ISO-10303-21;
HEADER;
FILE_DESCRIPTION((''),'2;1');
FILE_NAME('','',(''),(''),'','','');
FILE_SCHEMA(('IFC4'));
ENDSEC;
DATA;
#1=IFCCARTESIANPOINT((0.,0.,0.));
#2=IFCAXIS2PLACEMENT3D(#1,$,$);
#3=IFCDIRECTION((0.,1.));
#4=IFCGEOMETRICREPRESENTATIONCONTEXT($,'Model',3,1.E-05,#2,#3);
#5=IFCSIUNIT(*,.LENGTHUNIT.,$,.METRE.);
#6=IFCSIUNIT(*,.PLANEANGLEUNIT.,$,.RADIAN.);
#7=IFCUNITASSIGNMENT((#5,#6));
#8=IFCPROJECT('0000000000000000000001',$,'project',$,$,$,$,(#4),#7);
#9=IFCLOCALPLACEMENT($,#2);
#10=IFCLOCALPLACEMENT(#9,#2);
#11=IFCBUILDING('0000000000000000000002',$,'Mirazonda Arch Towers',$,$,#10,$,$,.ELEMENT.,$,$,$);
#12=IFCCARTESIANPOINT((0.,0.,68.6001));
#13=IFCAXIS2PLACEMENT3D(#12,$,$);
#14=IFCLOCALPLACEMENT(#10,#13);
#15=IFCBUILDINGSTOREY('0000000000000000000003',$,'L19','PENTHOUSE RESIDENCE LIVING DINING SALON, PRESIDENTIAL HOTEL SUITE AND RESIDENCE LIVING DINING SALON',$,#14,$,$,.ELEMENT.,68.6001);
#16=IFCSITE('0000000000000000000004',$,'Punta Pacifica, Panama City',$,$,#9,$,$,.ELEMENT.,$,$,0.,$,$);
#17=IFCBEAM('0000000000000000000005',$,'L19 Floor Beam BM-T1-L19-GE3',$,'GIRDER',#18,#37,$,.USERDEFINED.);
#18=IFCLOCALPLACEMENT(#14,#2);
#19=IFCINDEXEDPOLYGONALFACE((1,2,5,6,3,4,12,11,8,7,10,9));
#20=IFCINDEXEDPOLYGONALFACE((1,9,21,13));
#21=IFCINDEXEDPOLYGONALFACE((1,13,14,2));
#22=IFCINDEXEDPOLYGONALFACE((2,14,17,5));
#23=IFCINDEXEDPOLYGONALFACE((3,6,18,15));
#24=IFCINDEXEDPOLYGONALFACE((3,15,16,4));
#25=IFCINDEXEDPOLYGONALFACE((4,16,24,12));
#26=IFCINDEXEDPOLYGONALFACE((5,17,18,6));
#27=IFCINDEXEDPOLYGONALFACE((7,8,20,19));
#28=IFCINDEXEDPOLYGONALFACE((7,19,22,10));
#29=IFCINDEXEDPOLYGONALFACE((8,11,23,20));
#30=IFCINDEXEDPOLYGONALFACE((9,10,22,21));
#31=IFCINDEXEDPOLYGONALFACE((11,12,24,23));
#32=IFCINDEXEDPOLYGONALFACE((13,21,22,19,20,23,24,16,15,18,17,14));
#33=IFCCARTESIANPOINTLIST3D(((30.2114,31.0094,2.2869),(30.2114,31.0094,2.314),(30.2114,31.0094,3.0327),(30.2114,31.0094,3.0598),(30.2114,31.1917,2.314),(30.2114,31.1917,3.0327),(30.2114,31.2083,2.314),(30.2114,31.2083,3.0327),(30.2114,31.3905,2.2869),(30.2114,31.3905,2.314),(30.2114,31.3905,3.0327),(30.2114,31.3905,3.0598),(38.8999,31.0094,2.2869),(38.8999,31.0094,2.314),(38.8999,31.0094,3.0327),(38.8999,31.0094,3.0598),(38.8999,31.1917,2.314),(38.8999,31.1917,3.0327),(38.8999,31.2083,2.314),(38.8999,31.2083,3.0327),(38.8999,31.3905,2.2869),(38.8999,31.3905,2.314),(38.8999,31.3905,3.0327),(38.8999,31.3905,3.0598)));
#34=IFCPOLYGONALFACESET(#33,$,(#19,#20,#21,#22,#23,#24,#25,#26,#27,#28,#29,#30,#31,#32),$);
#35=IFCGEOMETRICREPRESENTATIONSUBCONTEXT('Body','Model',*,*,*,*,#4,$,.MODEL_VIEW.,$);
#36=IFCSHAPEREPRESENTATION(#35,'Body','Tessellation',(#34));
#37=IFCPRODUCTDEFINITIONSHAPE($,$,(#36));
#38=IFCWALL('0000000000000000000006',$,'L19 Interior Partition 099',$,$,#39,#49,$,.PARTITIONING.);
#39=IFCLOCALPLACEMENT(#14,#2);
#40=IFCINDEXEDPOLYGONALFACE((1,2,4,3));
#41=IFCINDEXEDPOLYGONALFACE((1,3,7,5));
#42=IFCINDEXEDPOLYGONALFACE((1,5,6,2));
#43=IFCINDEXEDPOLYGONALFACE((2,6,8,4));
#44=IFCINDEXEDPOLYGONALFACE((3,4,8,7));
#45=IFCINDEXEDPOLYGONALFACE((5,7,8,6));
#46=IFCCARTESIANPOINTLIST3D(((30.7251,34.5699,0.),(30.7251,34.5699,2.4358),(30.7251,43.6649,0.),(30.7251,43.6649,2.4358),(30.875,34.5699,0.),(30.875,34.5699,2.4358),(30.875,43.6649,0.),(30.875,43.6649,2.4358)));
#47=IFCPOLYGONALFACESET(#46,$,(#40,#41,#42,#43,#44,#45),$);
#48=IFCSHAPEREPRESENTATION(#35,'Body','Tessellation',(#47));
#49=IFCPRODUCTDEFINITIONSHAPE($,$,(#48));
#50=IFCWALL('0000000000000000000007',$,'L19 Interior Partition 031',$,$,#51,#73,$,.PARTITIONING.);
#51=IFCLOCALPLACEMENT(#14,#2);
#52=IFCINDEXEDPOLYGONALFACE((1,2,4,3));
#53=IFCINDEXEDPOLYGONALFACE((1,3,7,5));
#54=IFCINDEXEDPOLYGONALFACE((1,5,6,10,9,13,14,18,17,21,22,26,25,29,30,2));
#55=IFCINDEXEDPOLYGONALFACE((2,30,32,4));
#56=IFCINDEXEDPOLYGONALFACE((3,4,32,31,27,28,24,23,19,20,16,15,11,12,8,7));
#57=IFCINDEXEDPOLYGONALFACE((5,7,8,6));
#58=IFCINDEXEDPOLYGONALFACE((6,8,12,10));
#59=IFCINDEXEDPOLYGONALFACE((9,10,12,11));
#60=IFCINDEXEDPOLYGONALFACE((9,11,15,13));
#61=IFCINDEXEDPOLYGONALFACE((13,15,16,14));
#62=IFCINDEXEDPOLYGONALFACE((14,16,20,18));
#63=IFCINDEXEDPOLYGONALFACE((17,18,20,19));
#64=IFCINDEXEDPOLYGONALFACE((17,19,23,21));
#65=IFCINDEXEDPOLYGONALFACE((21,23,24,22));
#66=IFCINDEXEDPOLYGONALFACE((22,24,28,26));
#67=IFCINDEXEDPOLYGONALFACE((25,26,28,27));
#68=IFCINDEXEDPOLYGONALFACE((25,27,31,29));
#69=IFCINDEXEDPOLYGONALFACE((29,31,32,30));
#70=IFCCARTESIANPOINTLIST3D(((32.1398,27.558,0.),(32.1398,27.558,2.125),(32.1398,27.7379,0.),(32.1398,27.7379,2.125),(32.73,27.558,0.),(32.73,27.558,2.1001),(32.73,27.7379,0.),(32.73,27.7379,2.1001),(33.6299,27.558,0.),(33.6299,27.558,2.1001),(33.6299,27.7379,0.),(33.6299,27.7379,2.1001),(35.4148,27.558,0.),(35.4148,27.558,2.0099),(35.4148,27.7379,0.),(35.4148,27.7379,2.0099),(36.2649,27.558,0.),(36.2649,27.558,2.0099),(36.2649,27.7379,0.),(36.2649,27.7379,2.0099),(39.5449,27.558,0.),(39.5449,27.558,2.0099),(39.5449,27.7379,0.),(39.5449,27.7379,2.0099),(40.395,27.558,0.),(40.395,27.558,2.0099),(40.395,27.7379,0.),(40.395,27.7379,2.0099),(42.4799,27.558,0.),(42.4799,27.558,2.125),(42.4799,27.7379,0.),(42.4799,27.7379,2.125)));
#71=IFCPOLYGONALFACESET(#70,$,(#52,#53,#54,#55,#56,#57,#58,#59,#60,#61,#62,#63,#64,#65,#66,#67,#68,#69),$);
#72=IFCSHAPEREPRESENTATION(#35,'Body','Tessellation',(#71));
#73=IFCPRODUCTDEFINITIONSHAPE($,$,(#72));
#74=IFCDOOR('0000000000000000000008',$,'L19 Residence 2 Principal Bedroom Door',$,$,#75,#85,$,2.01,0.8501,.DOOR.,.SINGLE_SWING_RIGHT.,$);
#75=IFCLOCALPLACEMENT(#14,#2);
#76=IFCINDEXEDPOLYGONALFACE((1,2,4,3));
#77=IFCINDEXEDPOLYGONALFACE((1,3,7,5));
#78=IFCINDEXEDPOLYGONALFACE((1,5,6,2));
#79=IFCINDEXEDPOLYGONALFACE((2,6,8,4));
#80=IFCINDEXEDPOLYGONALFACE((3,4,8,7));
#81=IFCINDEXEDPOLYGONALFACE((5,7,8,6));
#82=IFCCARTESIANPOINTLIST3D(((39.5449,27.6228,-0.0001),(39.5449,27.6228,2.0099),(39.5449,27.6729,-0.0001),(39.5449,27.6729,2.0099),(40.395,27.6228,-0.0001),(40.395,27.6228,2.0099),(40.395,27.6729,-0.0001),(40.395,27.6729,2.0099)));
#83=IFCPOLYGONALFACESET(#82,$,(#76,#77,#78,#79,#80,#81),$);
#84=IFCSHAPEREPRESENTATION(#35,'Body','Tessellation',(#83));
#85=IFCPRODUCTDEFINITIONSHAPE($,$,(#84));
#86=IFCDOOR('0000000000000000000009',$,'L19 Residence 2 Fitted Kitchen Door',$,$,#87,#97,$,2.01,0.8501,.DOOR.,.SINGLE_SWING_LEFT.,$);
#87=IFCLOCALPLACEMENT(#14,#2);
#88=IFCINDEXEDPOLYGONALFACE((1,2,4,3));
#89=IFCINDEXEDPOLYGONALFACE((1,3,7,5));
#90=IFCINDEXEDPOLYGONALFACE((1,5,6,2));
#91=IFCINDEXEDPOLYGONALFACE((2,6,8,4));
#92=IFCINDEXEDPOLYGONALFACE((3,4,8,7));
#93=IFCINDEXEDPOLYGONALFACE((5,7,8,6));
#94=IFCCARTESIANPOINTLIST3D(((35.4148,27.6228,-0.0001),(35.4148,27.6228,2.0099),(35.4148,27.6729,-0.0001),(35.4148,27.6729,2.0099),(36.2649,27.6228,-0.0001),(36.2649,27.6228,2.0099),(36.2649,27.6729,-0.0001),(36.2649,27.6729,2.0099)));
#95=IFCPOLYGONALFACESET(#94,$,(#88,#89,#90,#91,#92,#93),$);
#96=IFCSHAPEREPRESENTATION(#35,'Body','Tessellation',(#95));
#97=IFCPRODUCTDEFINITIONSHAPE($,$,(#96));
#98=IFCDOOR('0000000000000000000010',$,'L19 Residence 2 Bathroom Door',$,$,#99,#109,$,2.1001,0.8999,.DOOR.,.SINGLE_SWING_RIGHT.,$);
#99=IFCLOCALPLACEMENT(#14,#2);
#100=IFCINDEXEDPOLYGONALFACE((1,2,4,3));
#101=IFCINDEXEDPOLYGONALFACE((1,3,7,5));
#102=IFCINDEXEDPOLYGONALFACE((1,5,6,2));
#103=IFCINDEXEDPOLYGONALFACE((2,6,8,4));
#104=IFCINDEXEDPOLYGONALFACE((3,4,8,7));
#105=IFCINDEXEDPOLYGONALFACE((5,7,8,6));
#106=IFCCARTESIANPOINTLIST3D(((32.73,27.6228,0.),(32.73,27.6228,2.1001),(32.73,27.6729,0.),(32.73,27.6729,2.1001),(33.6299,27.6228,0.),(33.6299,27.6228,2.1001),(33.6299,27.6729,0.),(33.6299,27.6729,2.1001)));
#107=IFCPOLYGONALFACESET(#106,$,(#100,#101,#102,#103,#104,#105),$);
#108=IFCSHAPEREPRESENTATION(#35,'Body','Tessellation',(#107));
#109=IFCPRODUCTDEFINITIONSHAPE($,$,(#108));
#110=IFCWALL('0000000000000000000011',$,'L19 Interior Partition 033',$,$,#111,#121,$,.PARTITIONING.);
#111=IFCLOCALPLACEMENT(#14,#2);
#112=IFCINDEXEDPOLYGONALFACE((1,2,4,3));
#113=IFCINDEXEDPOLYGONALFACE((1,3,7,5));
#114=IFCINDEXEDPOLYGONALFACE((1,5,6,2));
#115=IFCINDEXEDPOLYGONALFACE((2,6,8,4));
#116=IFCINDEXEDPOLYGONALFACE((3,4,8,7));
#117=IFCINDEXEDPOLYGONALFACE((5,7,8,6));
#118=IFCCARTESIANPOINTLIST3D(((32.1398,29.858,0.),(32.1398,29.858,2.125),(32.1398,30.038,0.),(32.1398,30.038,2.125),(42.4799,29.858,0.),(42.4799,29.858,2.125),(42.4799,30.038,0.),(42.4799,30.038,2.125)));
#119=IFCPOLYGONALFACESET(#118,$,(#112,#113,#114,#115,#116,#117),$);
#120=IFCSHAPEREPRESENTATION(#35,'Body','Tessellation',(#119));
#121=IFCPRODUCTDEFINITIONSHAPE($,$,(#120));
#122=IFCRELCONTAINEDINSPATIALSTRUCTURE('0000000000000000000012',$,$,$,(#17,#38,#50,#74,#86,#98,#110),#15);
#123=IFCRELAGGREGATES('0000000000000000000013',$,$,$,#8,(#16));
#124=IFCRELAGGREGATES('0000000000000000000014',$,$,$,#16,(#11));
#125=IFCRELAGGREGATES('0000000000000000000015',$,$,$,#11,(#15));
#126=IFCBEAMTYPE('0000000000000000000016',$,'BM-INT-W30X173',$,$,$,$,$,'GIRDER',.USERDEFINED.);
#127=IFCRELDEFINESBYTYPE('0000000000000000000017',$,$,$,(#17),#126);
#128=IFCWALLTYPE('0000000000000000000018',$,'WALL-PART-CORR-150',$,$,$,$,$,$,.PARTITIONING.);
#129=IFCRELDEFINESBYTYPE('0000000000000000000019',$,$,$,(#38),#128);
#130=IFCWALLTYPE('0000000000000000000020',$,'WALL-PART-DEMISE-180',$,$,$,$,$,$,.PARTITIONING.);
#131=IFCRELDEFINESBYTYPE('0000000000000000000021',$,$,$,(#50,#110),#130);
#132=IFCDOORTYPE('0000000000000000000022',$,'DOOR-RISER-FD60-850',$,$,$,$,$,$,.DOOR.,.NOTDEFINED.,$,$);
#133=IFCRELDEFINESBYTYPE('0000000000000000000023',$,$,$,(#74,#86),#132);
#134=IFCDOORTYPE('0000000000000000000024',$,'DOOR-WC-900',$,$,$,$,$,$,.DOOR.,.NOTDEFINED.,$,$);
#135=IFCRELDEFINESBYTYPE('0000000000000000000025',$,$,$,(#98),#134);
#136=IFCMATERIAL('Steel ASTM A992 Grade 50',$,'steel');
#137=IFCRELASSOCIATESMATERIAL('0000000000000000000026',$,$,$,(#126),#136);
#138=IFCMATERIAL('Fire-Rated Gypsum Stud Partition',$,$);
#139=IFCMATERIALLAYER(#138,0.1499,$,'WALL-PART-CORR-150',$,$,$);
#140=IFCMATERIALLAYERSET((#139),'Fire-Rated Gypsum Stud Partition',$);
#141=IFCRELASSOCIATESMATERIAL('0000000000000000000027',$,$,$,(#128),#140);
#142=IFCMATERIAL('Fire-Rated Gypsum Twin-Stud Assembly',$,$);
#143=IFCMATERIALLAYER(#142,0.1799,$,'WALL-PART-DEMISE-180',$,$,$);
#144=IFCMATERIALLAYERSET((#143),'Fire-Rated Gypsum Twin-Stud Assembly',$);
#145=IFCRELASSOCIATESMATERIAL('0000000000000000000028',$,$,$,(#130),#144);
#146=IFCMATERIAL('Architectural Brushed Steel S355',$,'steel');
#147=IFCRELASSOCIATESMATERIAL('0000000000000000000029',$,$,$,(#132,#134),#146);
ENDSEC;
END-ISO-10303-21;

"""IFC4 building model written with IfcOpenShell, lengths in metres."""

from ifc_helpers import new_model, si_unit, direction, frame, frame_2d, origin, origin_2d, place, context, subcontext, project, spatial, rectangle, i_section, extrude, material, layer, layer_set, material_profile, profile_set, type_object, element, fill, save


model = new_model("IFC4")

# Units and contexts
model_context = context("Model", 3, precision=1e-05, world=origin(), true_north=direction((0.0, 1.0)))
body_context = subcontext(model_context, "Body", "Model", "MODEL_VIEW")
ifc_project = project(units=[si_unit("LENGTHUNIT", "METRE"), si_unit("PLANEANGLEUNIT", "RADIAN")], contexts=[model_context])

# Site, building, storey
site_placement = place(None, origin())
site = spatial("IfcSite", under=ifc_project, at=site_placement, Name="Punta Pacifica, Panama City", CompositionType="ELEMENT", RefElevation=0.0)
building_placement = place(site_placement, origin())
building = spatial("IfcBuilding", under=site, at=building_placement, Name="Mirazonda Arch Towers", CompositionType="ELEMENT")
storey_placement = place(building_placement, frame((0.0, 0.0, 68.6001)))
storey = spatial("IfcBuildingStorey", under=building, at=storey_placement, Name="L19", Description="PENTHOUSE RESIDENCE LIVING DINING SALON, PRESIDENTIAL HOTEL SUITE AND RESIDENCE LIVING DINING SALON", CompositionType="ELEMENT", Elevation=68.6001)

# Beam
ifc_material_1 = material(Name="Steel ASTM A992 Grade 50", Category="steel")
ifc_material_profile = material_profile(ifc_material_1, i_section(OverallWidth=0.3811, OverallDepth=0.7729, WebThickness=0.0166, FlangeThickness=0.0271, at=origin_2d()), Name="W30X173")
ifc_profile_set = profile_set([ifc_material_profile], Name="Steel ASTM A992 Grade 50")
beam_type = type_object("IfcBeamType", Name="BM-INT-W30X173", ElementType="GIRDER", PredefinedType="USERDEFINED", material=ifc_profile_set)
beam_placement = place(storey_placement, frame((30.2114, 31.2, 2.6733), z_axis=(1.0, 0.0, 0.0), x_axis=(0.0, 1.0, 0.0)))
element("IfcBeam", 1, at=beam_placement, inside=storey, type_object=beam_type, Name="L19 Floor Beam BM-T1-L19-GE3", ObjectType="GIRDER", PredefinedType="USERDEFINED", context=body_context, shape_type="SweptSolid", body=[
    extrude(i_section(OverallWidth=0.3811, OverallDepth=0.7729, WebThickness=0.0166, FlangeThickness=0.0271, at=origin_2d()), origin(), (0.0, 0.0, 1.0), 8.6885),
])

# Wall
ifc_material_2 = material(Name="Fire-Rated Gypsum Stud Partition")
ifc_layer_1 = layer(ifc_material_2, 0.1499, Name="WALL-PART-CORR-150")
ifc_layer_set_1 = layer_set([ifc_layer_1], Name="Fire-Rated Gypsum Stud Partition")
wall_type_1 = type_object("IfcWallType", Name="WALL-PART-CORR-150", PredefinedType="PARTITIONING", material=ifc_layer_set_1)
wall_1_placement = place(storey_placement, frame((30.8, 34.5701, 0.0), z_axis=(0.0, 0.0, 1.0), x_axis=(0.0, 1.0, 0.0)))
element("IfcWall", 2, at=wall_1_placement, inside=storey, type_object=wall_type_1, Name="L19 Interior Partition 099", PredefinedType="PARTITIONING", context=body_context, shape_type="SweptSolid", body=[
    extrude(rectangle(XDim=9.095, YDim=0.1499, at=frame_2d((4.5474, 0.0))), origin(), (0.0, 0.0, 1.0), 2.4358),
])

# Wall, openings, doors
ifc_material_3 = material(Name="Fire-Rated Gypsum Twin-Stud Assembly")
ifc_layer_2 = layer(ifc_material_3, 0.1799, Name="WALL-PART-DEMISE-180")
ifc_layer_set_2 = layer_set([ifc_layer_2], Name="Fire-Rated Gypsum Twin-Stud Assembly")
wall_type_2 = type_object("IfcWallType", Name="WALL-PART-DEMISE-180", PredefinedType="PARTITIONING", material=ifc_layer_set_2)
wall_2_placement = place(storey_placement, frame((32.1399, 27.6479, 0.0), z_axis=(0.0, 0.0, 1.0), x_axis=(1.0, 0.0, 0.0)))
wall_2 = element("IfcWall", 3, at=wall_2_placement, inside=storey, type_object=wall_type_2, Name="L19 Interior Partition 031", PredefinedType="PARTITIONING", context=body_context, shape_type="SweptSolid", body=[
    extrude(rectangle(XDim=10.3401, YDim=0.1799, at=frame_2d((5.1699, 0.0))), origin(), (0.0, 0.0, 1.0), 2.125),
])
opening_1_placement = place(wall_2_placement, frame((7.405, 0.0, 0.0)))
opening_1 = element("IfcOpeningElement", 4, at=opening_1_placement, cuts=wall_2, PredefinedType="OPENING", context=body_context, shape_type="SweptSolid", body=[
    extrude(rectangle(XDim=0.8501, YDim=2.01, at=frame_2d((0.425, 1.0049))), frame((0.0, 0.0999, 0.0), z_axis=(0.0, -1.0, 0.0), x_axis=(1.0, 0.0, 0.0)), (0.0, 0.0, 1.0), 0.2),
])
opening_2_placement = place(wall_2_placement, frame((3.2749, 0.0, 0.0)))
opening_2 = element("IfcOpeningElement", 5, at=opening_2_placement, cuts=wall_2, PredefinedType="OPENING", context=body_context, shape_type="SweptSolid", body=[
    extrude(rectangle(XDim=0.8501, YDim=2.01, at=frame_2d((0.425, 1.0049))), frame((0.0, 0.0999, 0.0), z_axis=(0.0, -1.0, 0.0), x_axis=(1.0, 0.0, 0.0)), (0.0, 0.0, 1.0), 0.2),
])
opening_3_placement = place(wall_2_placement, frame((0.5901, 0.0, 0.0)))
opening_3 = element("IfcOpeningElement", 6, at=opening_3_placement, cuts=wall_2, PredefinedType="OPENING", context=body_context, shape_type="SweptSolid", body=[
    extrude(rectangle(XDim=0.8999, YDim=2.1001, at=frame_2d((0.45, 1.05))), frame((0.0, 0.0999, 0.0), z_axis=(0.0, -1.0, 0.0), x_axis=(1.0, 0.0, 0.0)), (0.0, 0.0, 1.0), 0.2),
])
ifc_material_4 = material(Name="Architectural Brushed Steel S355", Category="steel")
door_type_1 = type_object("IfcDoorType", Name="DOOR-RISER-FD60-850", OperationType="NOTDEFINED", PredefinedType="DOOR", material=ifc_material_4)
door_1_placement = place(opening_1_placement, origin())
door_1 = element("IfcDoor", 7, at=door_1_placement, inside=storey, type_object=door_type_1, Name="L19 Residence 2 Principal Bedroom Door", OperationType="SINGLE_SWING_RIGHT", OverallHeight=2.01, OverallWidth=0.8501, PredefinedType="DOOR", context=body_context, shape_type="SweptSolid", body=[
    extrude(rectangle(XDim=0.8501, YDim=2.01, at=frame_2d((0.425, 1.0049))), frame((0.0, 0.0249, 0.0), z_axis=(0.0, -1.0, 0.0), x_axis=(1.0, 0.0, 0.0)), (0.0, 0.0, 1.0), 0.05),
])
fill(opening_1, door_1)
door_2_placement = place(opening_2_placement, origin())
door_2 = element("IfcDoor", 8, at=door_2_placement, inside=storey, type_object=door_type_1, Name="L19 Residence 2 Fitted Kitchen Door", OperationType="SINGLE_SWING_LEFT", OverallHeight=2.01, OverallWidth=0.8501, PredefinedType="DOOR", context=body_context, shape_type="SweptSolid", body=[
    extrude(rectangle(XDim=0.8501, YDim=2.01, at=frame_2d((0.425, 1.0049))), frame((0.0, 0.0249, 0.0), z_axis=(0.0, -1.0, 0.0), x_axis=(1.0, 0.0, 0.0)), (0.0, 0.0, 1.0), 0.05),
])
fill(opening_2, door_2)
door_type_2 = type_object("IfcDoorType", Name="DOOR-WC-900", OperationType="NOTDEFINED", PredefinedType="DOOR", material=ifc_material_4)
door_3_placement = place(opening_3_placement, origin())
door_3 = element("IfcDoor", 9, at=door_3_placement, inside=storey, type_object=door_type_2, Name="L19 Residence 2 Bathroom Door", OperationType="SINGLE_SWING_RIGHT", OverallHeight=2.1001, OverallWidth=0.8999, PredefinedType="DOOR", context=body_context, shape_type="SweptSolid", body=[
    extrude(rectangle(XDim=0.8999, YDim=2.1001, at=frame_2d((0.45, 1.05))), frame((0.0, 0.0249, 0.0), z_axis=(0.0, -1.0, 0.0), x_axis=(1.0, 0.0, 0.0)), (0.0, 0.0, 1.0), 0.05),
])
fill(opening_3, door_3)

# Wall
wall_3_placement = place(storey_placement, frame((32.1399, 29.948, 0.0), z_axis=(0.0, 0.0, 1.0), x_axis=(1.0, 0.0, 0.0)))
element("IfcWall", 10, at=wall_3_placement, inside=storey, type_object=wall_type_2, Name="L19 Interior Partition 033", PredefinedType="PARTITIONING", context=body_context, shape_type="SweptSolid", body=[
    extrude(rectangle(XDim=10.3401, YDim=0.1799, at=frame_2d((5.1699, 0.0))), origin(), (0.0, 0.0, 1.0), 2.125),
])

save(model, "model.ifc")
